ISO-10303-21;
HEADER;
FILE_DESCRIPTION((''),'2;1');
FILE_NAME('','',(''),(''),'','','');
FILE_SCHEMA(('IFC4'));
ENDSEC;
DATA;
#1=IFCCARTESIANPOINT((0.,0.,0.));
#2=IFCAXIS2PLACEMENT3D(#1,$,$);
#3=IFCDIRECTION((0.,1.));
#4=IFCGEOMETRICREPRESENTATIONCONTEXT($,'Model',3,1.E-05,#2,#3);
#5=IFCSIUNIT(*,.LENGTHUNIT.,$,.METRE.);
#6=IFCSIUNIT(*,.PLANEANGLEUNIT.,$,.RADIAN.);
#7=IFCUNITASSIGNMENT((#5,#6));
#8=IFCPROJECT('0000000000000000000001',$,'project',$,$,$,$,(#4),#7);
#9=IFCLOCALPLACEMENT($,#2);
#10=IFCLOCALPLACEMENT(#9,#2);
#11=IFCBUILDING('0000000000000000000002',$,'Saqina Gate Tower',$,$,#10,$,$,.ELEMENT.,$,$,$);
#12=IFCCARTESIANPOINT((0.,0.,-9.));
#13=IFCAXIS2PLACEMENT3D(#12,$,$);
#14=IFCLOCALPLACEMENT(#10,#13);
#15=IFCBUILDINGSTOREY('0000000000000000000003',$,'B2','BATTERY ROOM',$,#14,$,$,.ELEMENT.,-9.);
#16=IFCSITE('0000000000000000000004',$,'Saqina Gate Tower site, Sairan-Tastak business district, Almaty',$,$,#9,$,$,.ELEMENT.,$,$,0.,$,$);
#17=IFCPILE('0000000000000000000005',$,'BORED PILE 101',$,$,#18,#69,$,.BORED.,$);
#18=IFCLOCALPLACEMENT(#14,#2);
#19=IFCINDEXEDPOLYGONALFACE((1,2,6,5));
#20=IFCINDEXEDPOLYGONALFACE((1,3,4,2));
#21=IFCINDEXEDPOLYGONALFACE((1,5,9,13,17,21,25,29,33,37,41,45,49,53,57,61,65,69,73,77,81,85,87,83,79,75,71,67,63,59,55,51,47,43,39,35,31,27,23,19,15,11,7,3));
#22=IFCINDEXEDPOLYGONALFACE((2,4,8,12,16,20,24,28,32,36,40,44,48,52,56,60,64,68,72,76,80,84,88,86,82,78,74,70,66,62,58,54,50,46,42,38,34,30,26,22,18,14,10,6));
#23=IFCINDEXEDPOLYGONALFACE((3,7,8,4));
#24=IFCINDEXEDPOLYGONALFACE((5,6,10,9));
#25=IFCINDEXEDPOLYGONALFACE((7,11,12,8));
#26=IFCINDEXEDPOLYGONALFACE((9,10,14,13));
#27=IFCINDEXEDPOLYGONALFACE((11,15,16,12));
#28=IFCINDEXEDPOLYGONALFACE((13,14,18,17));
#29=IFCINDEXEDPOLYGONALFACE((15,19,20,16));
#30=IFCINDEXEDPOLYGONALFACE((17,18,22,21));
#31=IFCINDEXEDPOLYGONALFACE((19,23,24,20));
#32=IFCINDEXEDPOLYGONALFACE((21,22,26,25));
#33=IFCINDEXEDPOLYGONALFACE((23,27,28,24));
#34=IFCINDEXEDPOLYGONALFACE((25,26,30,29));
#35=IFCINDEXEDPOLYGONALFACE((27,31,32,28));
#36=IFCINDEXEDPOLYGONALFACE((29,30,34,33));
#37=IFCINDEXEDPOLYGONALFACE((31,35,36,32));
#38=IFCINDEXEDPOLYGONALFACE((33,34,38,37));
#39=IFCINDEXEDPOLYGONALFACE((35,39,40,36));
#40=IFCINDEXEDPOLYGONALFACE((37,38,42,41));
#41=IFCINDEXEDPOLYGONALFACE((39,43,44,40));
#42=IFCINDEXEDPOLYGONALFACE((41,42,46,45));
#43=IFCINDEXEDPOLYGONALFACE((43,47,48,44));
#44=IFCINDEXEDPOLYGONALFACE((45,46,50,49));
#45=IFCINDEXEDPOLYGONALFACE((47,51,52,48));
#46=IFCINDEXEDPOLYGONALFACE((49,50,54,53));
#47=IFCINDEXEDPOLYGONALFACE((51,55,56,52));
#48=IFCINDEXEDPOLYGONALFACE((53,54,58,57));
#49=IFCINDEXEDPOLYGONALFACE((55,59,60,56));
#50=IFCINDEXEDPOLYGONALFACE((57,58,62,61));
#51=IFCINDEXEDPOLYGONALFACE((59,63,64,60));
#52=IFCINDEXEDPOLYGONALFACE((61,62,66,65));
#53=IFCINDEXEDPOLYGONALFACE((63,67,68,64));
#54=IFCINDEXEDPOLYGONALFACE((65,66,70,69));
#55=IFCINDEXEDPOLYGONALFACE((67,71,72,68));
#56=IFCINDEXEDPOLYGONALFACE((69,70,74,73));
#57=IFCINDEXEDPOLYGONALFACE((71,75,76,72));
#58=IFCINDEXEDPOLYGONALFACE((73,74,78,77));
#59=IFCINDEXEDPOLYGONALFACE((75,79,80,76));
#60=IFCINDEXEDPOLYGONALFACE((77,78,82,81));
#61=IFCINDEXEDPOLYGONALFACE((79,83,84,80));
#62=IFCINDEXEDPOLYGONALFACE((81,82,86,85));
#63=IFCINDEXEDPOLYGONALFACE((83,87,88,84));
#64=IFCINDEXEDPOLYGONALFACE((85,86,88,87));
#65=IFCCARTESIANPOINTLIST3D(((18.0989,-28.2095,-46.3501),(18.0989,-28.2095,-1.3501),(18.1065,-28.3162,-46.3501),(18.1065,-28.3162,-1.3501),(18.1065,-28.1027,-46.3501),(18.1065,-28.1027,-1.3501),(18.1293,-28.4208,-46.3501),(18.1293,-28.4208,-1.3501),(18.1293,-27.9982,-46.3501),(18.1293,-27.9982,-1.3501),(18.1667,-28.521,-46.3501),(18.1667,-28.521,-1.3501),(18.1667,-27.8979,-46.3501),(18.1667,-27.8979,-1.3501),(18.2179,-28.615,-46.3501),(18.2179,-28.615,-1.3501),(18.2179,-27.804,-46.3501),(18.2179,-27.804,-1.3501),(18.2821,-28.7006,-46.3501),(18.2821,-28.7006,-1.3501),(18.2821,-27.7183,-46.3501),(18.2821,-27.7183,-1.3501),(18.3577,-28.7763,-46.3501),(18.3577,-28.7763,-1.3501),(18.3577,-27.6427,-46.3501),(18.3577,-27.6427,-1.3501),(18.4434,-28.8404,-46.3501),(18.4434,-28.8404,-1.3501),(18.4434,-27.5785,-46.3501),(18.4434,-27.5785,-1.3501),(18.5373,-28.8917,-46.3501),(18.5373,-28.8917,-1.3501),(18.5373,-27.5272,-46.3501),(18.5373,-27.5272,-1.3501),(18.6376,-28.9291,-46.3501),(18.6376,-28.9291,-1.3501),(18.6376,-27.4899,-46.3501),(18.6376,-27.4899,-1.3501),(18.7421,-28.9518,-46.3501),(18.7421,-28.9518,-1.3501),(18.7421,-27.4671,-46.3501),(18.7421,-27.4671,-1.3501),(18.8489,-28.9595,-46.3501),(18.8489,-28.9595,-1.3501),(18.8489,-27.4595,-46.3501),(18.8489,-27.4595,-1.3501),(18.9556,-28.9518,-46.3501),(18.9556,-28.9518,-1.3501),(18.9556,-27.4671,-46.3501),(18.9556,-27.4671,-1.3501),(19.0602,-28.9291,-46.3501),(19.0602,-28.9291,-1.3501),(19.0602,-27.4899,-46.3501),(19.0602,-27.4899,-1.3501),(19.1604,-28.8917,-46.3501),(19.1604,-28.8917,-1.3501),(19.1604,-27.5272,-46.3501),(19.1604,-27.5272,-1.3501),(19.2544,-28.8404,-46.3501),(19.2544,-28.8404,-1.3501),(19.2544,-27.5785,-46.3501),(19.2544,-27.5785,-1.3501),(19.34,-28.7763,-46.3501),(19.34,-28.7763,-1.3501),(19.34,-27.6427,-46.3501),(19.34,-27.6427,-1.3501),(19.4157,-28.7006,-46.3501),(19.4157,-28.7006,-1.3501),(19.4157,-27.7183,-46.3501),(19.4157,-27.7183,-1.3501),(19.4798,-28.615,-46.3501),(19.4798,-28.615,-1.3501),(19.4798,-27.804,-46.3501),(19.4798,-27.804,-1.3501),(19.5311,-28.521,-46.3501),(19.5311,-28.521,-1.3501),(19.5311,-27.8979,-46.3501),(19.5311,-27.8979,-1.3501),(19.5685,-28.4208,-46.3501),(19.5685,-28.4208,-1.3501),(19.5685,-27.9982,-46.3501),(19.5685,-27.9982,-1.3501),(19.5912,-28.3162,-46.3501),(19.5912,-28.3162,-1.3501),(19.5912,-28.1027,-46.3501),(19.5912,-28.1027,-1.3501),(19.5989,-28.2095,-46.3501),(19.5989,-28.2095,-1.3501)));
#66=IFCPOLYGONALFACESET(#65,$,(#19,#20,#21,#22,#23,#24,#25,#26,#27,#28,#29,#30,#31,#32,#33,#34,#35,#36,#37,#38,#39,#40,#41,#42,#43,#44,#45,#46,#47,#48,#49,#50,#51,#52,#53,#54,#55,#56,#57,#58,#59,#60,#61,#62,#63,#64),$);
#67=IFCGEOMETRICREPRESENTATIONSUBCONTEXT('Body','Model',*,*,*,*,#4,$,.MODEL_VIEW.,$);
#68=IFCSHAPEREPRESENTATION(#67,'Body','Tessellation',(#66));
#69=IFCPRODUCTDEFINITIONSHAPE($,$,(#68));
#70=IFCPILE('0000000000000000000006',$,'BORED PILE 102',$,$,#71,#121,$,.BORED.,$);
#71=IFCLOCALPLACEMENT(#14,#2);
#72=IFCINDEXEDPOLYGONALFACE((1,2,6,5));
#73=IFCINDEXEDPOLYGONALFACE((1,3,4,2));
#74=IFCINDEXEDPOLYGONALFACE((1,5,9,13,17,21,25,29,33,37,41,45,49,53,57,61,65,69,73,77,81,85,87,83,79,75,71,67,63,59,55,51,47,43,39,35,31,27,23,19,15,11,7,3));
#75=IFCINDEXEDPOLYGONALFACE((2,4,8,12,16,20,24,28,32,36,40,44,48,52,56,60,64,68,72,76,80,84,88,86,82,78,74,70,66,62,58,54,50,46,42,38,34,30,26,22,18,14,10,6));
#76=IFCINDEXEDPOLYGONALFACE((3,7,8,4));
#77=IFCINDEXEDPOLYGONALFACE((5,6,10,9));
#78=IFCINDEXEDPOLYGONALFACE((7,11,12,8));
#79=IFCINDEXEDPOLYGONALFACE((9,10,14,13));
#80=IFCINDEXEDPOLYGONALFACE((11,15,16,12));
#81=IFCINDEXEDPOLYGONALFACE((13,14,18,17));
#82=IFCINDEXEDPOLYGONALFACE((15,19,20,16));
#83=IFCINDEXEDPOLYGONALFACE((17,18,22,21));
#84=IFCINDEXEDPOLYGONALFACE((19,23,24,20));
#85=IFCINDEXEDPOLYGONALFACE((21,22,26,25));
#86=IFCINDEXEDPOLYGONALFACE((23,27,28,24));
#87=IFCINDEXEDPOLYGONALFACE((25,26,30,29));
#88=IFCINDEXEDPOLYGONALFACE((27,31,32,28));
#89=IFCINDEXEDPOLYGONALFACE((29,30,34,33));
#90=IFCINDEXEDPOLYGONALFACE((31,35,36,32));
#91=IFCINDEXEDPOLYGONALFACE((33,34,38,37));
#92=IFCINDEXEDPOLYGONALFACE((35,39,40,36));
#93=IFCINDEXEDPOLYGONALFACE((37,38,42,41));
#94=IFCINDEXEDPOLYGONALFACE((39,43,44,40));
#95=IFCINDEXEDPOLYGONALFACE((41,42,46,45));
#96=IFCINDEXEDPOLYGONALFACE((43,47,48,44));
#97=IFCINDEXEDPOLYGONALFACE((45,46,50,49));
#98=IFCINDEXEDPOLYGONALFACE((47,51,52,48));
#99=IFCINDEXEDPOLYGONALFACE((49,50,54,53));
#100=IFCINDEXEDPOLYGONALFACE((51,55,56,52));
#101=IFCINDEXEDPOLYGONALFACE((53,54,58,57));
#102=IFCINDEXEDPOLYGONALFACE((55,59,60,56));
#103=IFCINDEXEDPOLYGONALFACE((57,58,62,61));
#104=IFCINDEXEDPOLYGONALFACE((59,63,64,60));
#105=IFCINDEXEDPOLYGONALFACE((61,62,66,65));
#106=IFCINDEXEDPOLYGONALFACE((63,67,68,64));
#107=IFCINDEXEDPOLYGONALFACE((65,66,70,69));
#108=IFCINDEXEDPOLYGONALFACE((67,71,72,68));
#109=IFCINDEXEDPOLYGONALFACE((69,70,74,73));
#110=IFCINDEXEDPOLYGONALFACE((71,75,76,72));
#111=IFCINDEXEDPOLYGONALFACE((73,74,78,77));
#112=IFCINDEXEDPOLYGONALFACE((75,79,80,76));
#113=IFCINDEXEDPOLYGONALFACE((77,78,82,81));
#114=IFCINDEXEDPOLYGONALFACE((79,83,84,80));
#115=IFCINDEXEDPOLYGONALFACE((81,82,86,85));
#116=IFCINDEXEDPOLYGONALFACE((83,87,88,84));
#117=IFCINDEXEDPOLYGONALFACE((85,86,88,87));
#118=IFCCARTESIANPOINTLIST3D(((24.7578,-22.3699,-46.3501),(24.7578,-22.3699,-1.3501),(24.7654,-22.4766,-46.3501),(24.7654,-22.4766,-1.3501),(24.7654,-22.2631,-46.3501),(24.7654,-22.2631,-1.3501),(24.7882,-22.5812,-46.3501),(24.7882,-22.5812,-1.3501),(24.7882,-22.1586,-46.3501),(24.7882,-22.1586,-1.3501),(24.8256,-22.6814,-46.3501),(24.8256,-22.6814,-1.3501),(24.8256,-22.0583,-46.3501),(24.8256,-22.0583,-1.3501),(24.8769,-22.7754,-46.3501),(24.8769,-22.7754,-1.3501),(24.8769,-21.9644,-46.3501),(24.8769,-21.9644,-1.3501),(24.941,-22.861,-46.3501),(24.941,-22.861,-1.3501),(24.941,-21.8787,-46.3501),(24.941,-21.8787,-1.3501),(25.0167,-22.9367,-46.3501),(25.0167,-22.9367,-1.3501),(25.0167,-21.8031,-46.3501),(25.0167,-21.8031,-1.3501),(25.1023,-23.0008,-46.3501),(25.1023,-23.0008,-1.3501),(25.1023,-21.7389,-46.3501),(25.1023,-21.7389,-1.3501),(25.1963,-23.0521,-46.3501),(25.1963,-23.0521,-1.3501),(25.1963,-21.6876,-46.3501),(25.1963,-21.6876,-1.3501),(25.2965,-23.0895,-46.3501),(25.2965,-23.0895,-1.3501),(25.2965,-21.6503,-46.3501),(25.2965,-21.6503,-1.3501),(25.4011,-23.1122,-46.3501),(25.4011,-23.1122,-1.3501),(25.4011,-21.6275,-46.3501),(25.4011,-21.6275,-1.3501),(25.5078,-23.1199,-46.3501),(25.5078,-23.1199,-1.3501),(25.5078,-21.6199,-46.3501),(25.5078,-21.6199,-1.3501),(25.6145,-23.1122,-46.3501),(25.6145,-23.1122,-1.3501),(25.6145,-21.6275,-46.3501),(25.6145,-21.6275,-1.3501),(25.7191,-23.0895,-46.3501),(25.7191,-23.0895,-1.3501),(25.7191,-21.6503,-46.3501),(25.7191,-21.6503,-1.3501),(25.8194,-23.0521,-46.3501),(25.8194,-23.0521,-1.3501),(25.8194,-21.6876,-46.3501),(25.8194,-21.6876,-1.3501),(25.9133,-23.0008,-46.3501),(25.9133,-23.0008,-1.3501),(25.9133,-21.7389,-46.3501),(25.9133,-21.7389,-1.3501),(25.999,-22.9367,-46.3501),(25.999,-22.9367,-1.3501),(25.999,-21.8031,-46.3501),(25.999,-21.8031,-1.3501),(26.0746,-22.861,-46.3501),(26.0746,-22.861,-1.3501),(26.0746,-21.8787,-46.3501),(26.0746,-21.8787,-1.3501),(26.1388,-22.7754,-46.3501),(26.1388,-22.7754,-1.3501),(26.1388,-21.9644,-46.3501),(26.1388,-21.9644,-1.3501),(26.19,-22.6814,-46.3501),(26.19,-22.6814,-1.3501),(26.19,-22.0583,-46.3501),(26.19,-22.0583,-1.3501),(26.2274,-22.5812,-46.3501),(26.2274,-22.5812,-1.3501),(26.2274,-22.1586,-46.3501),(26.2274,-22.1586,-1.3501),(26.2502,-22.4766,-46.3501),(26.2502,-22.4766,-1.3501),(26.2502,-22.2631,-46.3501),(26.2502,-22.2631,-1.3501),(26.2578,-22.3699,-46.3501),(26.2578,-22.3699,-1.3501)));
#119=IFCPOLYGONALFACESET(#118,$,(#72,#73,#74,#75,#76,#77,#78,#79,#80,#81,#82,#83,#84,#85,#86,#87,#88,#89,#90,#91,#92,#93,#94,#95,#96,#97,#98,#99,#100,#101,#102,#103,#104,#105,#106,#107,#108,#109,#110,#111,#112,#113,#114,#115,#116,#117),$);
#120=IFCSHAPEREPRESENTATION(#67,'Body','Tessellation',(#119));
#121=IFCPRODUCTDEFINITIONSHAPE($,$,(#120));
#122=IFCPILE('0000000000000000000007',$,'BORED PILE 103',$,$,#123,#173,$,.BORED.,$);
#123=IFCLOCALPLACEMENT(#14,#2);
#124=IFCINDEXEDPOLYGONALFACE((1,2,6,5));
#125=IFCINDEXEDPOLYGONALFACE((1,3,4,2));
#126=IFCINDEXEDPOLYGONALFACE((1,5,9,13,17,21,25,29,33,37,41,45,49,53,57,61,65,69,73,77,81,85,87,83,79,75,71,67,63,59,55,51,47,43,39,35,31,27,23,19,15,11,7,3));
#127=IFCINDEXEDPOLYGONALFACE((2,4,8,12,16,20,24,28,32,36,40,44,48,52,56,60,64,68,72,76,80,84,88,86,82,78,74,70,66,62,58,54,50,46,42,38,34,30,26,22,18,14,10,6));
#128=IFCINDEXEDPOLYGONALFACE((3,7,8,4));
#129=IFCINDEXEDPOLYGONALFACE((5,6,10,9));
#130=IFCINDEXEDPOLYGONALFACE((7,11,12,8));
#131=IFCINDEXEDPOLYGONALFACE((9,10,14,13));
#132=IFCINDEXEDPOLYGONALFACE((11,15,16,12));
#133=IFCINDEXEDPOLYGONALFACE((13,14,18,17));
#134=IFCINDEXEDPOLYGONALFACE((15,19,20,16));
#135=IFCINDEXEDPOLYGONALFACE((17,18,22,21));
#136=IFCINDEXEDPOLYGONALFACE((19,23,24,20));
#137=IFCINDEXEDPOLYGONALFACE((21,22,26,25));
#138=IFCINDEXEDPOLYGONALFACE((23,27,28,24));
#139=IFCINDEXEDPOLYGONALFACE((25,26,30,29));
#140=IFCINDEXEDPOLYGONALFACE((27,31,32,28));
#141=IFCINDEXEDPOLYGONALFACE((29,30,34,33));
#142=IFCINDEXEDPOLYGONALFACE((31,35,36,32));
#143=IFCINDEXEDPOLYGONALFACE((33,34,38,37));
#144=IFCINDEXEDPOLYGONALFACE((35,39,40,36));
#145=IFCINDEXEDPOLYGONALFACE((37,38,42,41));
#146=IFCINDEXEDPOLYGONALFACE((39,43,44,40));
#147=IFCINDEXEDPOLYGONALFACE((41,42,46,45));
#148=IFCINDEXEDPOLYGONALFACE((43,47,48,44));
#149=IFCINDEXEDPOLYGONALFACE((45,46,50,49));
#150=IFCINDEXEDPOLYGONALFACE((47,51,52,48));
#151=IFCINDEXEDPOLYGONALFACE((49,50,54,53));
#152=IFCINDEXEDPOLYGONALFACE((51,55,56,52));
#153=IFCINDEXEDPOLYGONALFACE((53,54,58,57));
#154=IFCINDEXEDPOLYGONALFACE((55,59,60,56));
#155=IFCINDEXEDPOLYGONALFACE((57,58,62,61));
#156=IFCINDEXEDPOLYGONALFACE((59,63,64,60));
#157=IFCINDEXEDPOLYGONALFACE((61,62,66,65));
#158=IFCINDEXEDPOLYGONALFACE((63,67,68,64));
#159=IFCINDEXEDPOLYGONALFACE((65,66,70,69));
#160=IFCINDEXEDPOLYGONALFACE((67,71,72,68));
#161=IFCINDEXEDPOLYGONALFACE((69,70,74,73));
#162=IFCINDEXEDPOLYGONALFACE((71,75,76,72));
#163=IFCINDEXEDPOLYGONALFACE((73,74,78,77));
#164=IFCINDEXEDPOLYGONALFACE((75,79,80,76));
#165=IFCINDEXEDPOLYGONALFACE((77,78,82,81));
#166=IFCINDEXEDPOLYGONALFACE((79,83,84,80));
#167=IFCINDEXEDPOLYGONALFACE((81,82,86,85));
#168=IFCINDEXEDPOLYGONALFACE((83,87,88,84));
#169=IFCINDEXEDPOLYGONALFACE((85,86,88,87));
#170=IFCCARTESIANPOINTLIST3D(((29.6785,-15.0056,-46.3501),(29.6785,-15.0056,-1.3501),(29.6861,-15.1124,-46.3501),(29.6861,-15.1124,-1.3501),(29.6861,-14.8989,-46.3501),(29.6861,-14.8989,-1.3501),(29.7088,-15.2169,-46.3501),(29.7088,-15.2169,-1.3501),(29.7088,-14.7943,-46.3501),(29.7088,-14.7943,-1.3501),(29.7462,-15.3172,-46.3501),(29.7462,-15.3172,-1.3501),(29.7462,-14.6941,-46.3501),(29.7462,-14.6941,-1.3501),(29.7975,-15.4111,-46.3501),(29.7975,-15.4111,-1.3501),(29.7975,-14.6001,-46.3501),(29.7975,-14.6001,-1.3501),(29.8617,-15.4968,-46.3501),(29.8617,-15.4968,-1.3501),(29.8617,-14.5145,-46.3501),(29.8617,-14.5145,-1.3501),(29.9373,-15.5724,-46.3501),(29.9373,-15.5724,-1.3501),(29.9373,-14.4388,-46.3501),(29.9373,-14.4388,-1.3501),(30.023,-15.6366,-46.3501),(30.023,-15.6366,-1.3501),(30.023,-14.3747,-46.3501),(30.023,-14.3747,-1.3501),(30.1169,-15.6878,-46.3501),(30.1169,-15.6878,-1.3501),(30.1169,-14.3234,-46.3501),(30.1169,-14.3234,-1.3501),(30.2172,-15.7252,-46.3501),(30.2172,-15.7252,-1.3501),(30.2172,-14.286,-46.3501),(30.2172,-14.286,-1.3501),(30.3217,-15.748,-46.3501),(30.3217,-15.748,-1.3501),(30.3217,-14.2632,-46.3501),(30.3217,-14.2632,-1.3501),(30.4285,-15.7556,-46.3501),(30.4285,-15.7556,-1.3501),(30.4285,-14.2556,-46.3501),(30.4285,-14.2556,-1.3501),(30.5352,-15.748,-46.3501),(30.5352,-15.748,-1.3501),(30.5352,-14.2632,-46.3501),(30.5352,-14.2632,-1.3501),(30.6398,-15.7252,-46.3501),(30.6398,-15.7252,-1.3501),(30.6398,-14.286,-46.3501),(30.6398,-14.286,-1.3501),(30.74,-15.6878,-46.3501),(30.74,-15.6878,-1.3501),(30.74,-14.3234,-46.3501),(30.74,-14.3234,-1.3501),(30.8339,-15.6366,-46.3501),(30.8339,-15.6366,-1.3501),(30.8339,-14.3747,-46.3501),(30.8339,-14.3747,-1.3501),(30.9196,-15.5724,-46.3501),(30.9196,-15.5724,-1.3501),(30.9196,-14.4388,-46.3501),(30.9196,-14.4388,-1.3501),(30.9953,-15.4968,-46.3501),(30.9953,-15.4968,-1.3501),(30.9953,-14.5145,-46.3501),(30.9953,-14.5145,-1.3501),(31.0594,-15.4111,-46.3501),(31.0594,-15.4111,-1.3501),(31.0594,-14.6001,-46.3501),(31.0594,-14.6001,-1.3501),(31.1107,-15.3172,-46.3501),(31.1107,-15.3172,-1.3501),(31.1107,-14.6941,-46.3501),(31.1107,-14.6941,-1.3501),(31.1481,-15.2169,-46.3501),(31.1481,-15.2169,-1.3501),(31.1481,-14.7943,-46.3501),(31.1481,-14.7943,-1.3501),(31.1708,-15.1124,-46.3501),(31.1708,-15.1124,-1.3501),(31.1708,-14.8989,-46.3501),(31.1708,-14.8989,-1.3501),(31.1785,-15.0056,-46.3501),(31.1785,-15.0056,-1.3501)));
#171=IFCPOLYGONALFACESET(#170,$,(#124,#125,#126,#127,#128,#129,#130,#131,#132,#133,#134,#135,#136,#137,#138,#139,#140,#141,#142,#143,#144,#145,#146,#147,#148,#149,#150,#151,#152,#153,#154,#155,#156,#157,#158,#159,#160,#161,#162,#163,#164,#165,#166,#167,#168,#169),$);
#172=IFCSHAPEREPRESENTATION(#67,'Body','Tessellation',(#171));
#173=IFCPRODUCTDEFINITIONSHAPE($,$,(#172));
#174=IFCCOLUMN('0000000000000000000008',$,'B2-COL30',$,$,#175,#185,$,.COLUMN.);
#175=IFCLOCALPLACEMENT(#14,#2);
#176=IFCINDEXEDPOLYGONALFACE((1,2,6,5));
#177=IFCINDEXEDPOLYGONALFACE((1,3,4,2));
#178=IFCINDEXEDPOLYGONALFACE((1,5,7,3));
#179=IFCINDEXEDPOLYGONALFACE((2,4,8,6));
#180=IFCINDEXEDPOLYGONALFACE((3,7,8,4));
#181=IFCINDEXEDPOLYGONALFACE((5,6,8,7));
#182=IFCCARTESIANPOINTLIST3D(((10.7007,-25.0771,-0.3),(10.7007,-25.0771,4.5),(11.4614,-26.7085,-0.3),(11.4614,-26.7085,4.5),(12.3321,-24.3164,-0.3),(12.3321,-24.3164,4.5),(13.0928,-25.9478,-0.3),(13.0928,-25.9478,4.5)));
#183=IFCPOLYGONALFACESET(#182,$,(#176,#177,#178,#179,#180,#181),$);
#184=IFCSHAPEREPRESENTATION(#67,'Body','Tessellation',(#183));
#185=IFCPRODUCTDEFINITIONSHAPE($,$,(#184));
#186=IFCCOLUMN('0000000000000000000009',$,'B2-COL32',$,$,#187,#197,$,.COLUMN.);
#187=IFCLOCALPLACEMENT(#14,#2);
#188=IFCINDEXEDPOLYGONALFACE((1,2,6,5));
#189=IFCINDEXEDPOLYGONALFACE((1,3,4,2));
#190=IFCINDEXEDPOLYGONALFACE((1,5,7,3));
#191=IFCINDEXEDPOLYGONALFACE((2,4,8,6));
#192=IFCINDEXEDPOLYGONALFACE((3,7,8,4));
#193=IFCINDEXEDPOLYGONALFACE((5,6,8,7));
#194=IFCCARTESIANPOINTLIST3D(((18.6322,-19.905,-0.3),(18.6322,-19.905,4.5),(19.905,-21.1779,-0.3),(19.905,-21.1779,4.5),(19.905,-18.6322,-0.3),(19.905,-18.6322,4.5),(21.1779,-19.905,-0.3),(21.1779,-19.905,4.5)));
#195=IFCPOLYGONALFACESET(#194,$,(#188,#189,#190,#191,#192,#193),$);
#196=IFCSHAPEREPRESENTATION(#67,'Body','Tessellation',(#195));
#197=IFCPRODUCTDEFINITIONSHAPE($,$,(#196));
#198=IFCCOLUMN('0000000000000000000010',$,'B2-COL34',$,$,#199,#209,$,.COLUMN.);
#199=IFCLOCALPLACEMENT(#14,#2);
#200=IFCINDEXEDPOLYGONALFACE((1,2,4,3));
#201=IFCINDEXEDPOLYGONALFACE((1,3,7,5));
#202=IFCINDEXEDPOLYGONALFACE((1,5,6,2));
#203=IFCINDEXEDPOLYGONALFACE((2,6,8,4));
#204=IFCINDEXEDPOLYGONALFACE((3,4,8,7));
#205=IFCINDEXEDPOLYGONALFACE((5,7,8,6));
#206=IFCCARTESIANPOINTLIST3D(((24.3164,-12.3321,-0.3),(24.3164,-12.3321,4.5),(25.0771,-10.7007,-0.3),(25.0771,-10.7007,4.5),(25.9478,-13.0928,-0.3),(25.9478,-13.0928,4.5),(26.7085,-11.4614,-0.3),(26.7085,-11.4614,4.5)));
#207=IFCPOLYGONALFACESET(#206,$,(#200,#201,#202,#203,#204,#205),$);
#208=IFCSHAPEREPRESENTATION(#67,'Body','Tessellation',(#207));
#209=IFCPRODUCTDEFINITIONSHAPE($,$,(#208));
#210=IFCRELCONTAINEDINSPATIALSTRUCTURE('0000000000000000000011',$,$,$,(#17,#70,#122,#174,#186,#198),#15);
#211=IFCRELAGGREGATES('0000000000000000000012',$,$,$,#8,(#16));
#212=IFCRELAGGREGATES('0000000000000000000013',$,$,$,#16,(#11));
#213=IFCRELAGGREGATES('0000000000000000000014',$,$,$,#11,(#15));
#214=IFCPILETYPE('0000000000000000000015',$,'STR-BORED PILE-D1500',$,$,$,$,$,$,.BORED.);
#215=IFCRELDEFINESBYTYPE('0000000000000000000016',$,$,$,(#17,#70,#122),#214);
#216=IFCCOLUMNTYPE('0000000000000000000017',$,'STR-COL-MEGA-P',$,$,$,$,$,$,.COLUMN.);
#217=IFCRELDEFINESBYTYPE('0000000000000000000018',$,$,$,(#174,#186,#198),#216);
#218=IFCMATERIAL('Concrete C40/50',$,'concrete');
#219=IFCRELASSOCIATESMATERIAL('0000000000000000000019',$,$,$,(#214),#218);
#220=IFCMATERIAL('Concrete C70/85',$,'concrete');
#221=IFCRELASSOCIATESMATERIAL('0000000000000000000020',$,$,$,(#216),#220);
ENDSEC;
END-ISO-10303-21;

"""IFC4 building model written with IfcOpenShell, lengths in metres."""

from ifc_helpers import new_model, si_unit, direction, frame, origin, origin_2d, place, context, subcontext, project, spatial, rectangle, circle, extrude, material, material_profile, profile_set, type_object, element, save


model = new_model("IFC4")

# Units and contexts
model_context = context("Model", 3, precision=1e-05, world=origin(), true_north=direction((0.0, 1.0)))
body_context = subcontext(model_context, "Body", "Model", "MODEL_VIEW")
ifc_project = project(units=[si_unit("LENGTHUNIT", "METRE"), si_unit("PLANEANGLEUNIT", "RADIAN")], contexts=[model_context])

# Site, building, storey
site_placement = place(None, origin())
site = spatial("IfcSite", under=ifc_project, at=site_placement, Name="Saqina Gate Tower site, Sairan-Tastak business district, Almaty", CompositionType="ELEMENT", RefElevation=0.0)
building_placement = place(site_placement, origin())
building = spatial("IfcBuilding", under=site, at=building_placement, Name="Saqina Gate Tower", CompositionType="ELEMENT")
storey_placement = place(building_placement, frame((0.0, 0.0, -9.0)))
storey = spatial("IfcBuildingStorey", under=building, at=storey_placement, Name="B2", Description="BATTERY ROOM", CompositionType="ELEMENT", Elevation=-9.0)

# Piles
ifc_material_1 = material(Name="Concrete C40/50", Category="concrete")
ifc_material_profile_1 = material_profile(ifc_material_1, circle(Radius=0.75, at=origin_2d()), Name="RC D1500")
ifc_profile_set_1 = profile_set([ifc_material_profile_1], Name="Concrete C40/50")
pile_type = type_object("IfcPileType", Name="STR-BORED PILE-D1500", PredefinedType="BORED", material=ifc_profile_set_1)
for number, where, z_axis, x_axis, name in (
    (1, (18.8489, -28.2095, -1.3501), (0.0, 0.0, -1.0), (1.0, 0.0, 0.0), "BORED PILE 101"),
    (2, (25.5078, -22.3699, -1.3501), (0.0, 0.0, -1.0), (1.0, 0.0, 0.0), "BORED PILE 102"),
    (3, (30.4285, -15.0056, -1.3501), (0.0, 0.0, -1.0), (1.0, 0.0, 0.0), "BORED PILE 103"),
):
    element("IfcPile", number, at=place(storey_placement, frame(where, z_axis=z_axis, x_axis=x_axis)), inside=storey, type_object=pile_type, Name=name, PredefinedType="BORED", context=body_context, shape_type="SweptSolid", body=[
        extrude(circle(Radius=0.75, at=origin_2d()), origin(), (0.0, 0.0, 1.0), 45.0),
    ])

# Columns
ifc_material_2 = material(Name="Concrete C70/85", Category="concrete")
ifc_material_profile_2 = material_profile(ifc_material_2, rectangle(XDim=1.8, YDim=1.8, at=origin_2d()), Name="RC 1800x1800")
ifc_profile_set_2 = profile_set([ifc_material_profile_2], Name="Concrete C70/85")
column_type_1 = type_object("IfcColumnType", Name="STR-COL-MEGA-P", PredefinedType="COLUMN", material=ifc_profile_set_2)
for number, where, z_axis, x_axis, name in (
    (4, (11.8967, -25.5125, -0.3), (0.0, 0.0, 1.0), (0.422618, -0.906308, 0.0), "B2-COL30"),
    (5, (19.905, -19.905, -0.3), (0.0, 0.0, 1.0), (0.707107, -0.707107, 0.0), "B2-COL32"),
    (6, (25.5125, -11.8967, -0.3), (0.0, 0.0, 1.0), (0.906308, -0.422618, 0.0), "B2-COL34"),
):
    element("IfcColumn", number, at=place(storey_placement, frame(where, z_axis=z_axis, x_axis=x_axis)), inside=storey, type_object=column_type_1, Name=name, PredefinedType="COLUMN", context=body_context, shape_type="SweptSolid", body=[
        extrude(rectangle(XDim=1.8, YDim=1.8, at=origin_2d()), origin(), (0.0, 0.0, 1.0), 4.8),
    ])

save(model, "model.ifc")
